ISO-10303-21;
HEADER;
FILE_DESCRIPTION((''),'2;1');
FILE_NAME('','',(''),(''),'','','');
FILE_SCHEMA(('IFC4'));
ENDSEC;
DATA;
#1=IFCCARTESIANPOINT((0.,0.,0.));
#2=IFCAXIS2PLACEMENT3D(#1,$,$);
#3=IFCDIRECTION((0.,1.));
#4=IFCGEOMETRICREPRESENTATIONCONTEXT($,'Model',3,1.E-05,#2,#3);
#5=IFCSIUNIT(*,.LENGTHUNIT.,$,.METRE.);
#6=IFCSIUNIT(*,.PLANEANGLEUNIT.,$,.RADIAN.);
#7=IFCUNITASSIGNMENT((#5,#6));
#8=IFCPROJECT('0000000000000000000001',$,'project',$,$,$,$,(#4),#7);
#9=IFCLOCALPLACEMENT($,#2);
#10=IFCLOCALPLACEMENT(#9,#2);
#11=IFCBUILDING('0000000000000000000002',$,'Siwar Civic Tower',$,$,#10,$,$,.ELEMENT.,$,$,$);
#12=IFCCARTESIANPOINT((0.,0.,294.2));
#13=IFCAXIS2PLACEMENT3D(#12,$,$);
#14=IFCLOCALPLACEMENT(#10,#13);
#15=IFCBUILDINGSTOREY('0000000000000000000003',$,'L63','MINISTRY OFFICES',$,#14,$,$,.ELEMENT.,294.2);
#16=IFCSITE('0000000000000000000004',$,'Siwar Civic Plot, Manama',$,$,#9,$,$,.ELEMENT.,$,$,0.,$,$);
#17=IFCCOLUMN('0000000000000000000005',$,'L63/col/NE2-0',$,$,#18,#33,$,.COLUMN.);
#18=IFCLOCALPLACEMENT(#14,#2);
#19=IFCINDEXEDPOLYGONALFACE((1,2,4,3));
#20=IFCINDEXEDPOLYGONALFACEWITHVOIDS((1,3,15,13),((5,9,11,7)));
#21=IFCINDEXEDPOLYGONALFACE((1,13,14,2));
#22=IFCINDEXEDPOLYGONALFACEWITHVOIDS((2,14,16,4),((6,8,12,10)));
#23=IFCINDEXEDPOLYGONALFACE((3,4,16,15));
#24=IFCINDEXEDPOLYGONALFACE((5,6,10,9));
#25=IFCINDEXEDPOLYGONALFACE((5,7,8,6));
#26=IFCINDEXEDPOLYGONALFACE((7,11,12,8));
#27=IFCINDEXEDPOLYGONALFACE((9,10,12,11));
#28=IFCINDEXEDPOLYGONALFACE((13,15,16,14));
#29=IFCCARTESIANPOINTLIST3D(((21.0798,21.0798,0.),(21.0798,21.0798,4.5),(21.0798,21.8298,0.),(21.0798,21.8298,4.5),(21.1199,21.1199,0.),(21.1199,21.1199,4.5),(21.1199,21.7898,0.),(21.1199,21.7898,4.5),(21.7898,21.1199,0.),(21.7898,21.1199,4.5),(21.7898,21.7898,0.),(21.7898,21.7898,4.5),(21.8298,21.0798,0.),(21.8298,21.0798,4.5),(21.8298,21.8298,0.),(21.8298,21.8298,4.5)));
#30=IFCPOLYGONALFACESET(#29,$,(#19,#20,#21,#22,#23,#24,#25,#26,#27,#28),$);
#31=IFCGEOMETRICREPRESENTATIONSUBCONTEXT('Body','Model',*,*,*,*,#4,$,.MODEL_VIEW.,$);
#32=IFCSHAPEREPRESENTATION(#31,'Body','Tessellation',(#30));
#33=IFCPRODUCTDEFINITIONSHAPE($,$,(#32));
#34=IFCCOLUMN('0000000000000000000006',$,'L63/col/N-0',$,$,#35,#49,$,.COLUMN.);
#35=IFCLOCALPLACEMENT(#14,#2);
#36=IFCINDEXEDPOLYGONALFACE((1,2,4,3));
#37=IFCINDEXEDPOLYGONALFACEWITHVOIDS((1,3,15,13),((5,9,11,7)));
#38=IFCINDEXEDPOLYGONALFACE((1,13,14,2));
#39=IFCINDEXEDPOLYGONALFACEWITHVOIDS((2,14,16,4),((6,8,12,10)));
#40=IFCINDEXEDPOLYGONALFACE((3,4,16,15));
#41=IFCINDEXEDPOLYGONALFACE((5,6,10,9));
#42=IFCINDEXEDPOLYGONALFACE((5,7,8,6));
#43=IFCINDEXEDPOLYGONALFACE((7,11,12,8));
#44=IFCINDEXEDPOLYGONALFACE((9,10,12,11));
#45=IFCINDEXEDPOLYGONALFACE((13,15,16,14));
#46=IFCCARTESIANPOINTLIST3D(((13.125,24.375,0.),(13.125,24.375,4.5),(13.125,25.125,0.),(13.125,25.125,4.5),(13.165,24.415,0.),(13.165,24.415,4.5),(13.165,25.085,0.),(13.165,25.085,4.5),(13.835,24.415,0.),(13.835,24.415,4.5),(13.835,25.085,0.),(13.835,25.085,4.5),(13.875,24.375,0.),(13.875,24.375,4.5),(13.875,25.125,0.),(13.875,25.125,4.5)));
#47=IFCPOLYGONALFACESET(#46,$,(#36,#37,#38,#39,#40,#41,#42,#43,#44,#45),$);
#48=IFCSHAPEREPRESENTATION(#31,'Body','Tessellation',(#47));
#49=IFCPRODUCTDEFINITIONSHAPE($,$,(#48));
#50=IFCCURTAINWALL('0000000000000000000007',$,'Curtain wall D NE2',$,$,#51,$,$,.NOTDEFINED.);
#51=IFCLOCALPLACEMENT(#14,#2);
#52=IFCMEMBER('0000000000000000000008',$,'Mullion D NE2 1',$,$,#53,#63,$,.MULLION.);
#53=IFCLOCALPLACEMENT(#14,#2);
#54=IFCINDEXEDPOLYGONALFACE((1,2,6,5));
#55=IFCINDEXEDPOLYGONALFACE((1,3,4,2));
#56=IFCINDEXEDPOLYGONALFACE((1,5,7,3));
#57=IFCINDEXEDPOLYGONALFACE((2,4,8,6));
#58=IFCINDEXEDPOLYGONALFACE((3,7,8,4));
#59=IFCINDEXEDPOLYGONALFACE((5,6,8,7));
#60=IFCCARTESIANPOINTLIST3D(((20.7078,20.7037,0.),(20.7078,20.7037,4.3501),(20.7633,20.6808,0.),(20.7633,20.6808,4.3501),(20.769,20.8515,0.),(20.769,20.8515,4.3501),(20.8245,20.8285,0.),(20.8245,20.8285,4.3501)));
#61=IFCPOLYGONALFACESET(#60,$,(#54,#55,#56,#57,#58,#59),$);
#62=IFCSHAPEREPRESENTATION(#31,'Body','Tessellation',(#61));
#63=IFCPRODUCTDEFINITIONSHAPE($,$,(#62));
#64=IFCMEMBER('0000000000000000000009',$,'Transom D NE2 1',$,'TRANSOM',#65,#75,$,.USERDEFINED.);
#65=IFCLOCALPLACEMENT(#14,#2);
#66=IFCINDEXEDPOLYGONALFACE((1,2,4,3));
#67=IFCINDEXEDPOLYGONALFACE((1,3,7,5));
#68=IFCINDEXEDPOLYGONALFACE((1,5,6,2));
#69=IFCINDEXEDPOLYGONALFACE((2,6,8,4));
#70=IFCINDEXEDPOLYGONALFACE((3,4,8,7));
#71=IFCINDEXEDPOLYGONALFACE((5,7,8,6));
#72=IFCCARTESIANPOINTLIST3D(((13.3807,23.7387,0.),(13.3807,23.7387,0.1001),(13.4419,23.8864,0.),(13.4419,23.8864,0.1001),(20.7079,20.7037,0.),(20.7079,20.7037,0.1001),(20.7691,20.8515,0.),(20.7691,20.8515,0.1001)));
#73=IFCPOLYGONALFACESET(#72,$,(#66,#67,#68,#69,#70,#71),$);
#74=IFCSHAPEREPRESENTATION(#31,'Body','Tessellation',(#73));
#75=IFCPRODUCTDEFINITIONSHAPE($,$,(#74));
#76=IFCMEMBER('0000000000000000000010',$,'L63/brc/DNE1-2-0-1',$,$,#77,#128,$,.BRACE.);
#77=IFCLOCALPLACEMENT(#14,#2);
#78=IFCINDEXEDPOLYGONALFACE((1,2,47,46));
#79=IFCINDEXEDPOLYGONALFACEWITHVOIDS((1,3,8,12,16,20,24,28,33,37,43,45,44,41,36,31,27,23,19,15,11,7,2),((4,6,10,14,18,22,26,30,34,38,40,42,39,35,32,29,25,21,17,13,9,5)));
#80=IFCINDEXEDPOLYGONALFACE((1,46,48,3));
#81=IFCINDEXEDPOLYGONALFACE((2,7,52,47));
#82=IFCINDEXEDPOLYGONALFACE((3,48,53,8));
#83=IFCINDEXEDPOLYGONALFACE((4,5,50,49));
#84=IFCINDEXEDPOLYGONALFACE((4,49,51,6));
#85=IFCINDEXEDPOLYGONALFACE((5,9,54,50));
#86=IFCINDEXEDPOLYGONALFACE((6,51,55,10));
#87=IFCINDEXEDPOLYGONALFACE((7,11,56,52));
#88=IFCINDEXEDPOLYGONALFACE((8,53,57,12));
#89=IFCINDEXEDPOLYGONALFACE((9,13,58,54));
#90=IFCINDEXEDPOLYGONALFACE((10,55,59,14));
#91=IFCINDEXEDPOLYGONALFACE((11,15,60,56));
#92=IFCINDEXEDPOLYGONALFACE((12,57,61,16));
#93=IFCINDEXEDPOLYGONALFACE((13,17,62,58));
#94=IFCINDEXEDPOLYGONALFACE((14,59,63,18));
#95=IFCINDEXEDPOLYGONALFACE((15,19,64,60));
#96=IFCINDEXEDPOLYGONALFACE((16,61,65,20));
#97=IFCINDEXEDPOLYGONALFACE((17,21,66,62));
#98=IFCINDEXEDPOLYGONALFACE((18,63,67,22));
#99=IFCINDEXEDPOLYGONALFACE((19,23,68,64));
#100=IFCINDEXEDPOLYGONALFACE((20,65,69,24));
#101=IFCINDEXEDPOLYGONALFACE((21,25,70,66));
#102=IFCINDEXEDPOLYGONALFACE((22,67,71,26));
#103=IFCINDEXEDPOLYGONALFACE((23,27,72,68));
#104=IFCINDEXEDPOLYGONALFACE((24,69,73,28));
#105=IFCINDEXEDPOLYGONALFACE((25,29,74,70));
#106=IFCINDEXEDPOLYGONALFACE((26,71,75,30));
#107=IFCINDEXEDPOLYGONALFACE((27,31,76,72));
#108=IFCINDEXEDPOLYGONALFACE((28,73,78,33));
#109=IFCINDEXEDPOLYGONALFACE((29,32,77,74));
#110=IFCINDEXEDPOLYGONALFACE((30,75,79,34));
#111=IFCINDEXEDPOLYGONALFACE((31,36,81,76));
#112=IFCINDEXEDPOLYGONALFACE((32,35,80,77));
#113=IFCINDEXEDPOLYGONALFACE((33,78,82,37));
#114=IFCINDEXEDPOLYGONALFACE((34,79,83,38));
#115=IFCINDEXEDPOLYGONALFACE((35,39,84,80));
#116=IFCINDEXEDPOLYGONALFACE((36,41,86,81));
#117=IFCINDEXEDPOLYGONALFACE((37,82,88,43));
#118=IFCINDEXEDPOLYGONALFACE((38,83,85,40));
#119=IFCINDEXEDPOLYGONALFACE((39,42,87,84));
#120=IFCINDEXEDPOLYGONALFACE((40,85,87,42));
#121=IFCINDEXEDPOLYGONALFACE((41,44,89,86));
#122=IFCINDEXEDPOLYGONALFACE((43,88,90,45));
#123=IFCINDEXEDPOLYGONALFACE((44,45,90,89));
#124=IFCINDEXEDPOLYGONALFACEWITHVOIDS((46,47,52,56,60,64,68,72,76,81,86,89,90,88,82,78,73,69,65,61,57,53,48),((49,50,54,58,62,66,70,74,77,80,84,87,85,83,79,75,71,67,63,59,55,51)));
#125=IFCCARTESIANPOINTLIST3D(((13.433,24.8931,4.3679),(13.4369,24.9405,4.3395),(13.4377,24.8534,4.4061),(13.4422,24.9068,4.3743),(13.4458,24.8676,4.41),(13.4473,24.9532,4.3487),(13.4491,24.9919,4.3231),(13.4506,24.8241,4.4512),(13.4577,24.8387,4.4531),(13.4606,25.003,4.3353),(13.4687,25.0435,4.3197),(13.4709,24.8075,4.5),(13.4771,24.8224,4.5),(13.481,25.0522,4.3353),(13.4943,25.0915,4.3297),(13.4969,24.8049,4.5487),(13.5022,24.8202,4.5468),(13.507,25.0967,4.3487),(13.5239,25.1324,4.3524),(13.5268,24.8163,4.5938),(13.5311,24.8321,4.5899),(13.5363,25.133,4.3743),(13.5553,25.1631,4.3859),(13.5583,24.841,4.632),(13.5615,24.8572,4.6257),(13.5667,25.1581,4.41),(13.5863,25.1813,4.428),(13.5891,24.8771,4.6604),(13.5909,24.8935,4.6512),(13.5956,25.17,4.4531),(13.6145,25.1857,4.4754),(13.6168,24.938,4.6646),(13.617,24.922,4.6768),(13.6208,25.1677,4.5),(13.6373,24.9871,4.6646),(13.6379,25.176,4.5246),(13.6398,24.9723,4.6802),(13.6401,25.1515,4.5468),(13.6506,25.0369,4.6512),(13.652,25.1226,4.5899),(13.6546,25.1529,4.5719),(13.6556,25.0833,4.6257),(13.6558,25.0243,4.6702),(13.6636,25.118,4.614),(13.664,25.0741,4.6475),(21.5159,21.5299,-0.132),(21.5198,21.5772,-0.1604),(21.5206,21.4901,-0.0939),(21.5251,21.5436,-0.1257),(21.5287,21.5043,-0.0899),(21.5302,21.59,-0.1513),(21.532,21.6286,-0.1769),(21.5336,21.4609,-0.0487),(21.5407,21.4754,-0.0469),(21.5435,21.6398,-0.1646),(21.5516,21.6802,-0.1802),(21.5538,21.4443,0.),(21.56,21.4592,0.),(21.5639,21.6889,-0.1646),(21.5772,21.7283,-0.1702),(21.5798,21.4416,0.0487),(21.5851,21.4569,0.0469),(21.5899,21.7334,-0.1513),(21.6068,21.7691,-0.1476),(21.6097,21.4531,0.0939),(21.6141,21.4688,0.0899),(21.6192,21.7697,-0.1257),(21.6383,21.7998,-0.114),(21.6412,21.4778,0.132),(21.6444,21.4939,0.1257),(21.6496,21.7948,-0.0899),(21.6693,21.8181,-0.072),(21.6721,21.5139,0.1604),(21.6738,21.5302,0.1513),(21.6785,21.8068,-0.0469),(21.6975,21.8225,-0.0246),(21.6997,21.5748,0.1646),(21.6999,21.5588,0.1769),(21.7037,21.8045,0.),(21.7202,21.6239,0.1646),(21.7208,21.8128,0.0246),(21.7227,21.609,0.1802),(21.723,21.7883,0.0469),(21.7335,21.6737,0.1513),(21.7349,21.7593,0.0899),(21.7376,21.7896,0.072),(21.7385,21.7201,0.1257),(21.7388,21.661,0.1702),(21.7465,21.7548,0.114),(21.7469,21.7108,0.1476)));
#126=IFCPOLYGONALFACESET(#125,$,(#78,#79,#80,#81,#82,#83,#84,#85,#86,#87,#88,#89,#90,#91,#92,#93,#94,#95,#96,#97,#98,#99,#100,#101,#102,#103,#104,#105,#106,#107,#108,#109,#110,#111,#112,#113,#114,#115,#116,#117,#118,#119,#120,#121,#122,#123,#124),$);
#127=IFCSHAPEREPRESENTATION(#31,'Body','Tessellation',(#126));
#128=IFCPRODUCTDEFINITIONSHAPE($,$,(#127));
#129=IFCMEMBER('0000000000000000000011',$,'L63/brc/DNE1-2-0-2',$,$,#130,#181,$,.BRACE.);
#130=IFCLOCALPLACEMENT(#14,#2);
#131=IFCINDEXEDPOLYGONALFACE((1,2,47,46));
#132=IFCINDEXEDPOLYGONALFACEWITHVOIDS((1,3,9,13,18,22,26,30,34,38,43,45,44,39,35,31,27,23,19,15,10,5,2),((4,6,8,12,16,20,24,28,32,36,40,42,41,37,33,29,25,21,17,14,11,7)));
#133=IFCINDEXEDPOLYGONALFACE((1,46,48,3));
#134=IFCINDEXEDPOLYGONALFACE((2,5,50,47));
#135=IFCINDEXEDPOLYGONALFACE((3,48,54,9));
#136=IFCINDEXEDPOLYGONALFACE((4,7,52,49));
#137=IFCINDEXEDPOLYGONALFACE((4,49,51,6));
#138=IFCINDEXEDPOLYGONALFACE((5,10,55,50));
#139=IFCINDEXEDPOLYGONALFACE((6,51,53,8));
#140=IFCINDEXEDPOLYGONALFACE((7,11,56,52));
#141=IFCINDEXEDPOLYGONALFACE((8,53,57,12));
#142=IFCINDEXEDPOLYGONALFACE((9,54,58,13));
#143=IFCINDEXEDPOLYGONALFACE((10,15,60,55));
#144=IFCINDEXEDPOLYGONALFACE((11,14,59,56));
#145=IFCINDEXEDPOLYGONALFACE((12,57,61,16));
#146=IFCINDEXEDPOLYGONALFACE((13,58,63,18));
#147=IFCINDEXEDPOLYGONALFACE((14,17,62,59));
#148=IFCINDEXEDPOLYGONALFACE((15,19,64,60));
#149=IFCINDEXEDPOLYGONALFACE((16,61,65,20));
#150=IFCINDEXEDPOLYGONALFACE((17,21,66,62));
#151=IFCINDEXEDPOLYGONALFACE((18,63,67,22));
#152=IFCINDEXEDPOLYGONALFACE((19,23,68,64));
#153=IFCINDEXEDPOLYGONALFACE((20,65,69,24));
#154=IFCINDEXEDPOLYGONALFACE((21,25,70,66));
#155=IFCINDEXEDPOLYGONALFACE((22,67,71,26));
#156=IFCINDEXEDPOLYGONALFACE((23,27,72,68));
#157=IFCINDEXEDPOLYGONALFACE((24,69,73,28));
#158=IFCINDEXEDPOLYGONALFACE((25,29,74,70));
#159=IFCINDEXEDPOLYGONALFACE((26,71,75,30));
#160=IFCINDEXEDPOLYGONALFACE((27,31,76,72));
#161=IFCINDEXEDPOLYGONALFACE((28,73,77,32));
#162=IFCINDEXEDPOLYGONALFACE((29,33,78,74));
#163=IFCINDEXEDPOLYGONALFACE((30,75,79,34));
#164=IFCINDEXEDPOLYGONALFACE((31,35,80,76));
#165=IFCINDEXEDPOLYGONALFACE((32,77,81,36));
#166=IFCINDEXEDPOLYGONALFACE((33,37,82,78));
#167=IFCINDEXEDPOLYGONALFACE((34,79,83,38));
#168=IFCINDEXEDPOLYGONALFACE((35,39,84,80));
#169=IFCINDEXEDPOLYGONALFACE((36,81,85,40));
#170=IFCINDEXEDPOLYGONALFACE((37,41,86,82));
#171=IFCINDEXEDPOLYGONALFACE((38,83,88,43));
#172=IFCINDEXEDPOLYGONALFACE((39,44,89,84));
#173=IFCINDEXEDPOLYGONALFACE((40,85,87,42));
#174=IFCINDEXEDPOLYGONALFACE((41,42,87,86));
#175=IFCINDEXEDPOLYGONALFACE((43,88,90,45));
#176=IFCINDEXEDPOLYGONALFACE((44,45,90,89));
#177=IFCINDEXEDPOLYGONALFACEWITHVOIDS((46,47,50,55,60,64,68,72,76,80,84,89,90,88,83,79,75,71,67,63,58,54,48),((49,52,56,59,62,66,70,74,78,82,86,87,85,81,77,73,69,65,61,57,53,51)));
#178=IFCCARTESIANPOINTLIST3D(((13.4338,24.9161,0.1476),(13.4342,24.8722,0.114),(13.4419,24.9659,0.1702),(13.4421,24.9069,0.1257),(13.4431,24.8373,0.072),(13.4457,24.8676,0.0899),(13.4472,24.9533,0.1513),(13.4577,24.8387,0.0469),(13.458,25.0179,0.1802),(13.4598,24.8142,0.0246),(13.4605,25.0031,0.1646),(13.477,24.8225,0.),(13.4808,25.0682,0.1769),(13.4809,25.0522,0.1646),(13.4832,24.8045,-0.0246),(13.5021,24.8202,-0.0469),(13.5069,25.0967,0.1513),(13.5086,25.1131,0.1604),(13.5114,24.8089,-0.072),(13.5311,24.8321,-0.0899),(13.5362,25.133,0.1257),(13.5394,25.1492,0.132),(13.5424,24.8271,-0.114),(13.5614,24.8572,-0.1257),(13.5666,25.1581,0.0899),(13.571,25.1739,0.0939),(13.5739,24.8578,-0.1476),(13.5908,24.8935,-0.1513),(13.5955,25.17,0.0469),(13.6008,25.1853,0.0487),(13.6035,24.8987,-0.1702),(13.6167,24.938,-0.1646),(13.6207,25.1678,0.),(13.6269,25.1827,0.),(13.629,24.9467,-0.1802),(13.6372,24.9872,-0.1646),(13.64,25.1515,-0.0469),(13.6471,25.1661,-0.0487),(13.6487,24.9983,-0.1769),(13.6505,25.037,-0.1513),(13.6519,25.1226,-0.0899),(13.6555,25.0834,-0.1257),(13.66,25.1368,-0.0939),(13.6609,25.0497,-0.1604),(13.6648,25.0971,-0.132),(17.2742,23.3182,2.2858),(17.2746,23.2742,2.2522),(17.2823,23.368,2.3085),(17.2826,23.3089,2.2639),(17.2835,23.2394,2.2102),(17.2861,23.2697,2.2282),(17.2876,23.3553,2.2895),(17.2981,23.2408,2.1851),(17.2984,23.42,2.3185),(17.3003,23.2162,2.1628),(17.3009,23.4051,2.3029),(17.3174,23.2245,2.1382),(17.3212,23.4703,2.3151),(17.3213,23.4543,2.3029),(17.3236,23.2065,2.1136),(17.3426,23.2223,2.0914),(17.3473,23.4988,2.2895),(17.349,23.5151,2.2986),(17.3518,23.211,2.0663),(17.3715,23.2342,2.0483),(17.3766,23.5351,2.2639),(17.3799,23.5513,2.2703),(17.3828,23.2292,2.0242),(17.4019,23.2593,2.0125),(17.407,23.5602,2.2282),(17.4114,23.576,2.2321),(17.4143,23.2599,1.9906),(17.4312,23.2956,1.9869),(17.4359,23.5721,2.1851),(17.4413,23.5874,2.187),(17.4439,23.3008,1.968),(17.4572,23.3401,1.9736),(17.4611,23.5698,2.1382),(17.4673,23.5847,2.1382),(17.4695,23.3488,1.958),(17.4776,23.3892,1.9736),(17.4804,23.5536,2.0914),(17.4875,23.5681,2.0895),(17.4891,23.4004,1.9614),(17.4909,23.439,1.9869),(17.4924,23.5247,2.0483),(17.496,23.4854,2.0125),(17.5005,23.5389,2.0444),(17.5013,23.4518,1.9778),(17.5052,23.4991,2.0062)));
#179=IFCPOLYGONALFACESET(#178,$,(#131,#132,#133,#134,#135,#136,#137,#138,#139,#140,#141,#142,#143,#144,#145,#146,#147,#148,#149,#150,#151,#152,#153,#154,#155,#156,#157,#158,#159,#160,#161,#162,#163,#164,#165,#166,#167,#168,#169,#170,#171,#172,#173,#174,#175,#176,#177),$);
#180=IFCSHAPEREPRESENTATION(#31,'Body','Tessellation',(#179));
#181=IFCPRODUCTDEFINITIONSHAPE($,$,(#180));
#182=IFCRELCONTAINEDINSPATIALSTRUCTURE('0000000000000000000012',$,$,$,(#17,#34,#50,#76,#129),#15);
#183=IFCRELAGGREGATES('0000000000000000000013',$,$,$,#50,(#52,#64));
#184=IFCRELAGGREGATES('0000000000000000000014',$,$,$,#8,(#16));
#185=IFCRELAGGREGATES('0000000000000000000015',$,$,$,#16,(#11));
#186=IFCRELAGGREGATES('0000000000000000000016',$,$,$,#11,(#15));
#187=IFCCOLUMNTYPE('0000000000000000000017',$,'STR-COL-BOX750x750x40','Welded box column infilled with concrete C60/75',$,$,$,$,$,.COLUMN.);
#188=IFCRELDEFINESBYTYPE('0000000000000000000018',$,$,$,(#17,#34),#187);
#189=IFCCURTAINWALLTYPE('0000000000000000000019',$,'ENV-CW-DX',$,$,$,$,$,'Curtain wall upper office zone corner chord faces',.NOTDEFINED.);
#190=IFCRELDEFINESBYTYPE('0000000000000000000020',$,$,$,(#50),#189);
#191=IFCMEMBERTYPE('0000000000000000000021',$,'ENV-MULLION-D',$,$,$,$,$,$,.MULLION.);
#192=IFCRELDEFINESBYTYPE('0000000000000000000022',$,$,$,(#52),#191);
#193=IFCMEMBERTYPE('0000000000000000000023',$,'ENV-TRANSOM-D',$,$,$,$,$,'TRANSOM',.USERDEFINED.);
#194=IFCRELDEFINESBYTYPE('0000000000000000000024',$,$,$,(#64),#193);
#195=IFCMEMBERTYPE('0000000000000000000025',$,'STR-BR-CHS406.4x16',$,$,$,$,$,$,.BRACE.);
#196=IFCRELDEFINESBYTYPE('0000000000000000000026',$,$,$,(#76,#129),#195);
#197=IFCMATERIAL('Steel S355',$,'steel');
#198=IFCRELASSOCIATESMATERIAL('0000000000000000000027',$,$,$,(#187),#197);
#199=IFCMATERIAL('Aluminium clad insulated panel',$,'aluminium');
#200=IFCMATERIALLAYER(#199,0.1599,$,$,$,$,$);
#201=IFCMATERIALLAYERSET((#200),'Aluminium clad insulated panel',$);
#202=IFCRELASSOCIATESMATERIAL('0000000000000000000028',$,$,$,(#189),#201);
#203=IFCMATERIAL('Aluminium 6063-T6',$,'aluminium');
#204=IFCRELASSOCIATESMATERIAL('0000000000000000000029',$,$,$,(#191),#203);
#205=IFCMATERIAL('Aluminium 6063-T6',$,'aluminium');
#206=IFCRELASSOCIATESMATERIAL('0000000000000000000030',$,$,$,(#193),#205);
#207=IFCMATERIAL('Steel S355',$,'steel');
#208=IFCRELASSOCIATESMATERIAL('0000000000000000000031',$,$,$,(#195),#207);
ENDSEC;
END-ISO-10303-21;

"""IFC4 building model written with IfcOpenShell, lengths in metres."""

from ifc_helpers import new_model, si_unit, direction, frame, origin, origin_2d, place, context, subcontext, project, spatial, rectangle, hollow_rectangle, hollow_circle, extrude, material, layer, layer_set, material_profile, profile_set, type_object, element, aggregate, save


model = new_model("IFC4")

# Units and contexts
model_context = context("Model", 3, precision=1e-05, world=origin(), true_north=direction((0.0, 1.0)))
body_context = subcontext(model_context, "Body", "Model", "MODEL_VIEW")
ifc_project = project(units=[si_unit("LENGTHUNIT", "METRE"), si_unit("PLANEANGLEUNIT", "RADIAN")], contexts=[model_context])

# Site, building, storey
site_placement = place(None, origin())
site = spatial("IfcSite", under=ifc_project, at=site_placement, Name="Siwar Civic Plot, Manama", CompositionType="ELEMENT", RefElevation=0.0)
building_placement = place(site_placement, origin())
building = spatial("IfcBuilding", under=site, at=building_placement, Name="Siwar Civic Tower", CompositionType="ELEMENT")
storey_placement = place(building_placement, frame((0.0, 0.0, 294.2)))
storey = spatial("IfcBuildingStorey", under=building, at=storey_placement, Name="L63", Description="MINISTRY OFFICES", CompositionType="ELEMENT", Elevation=294.2)

# Columns
ifc_material_1 = material(Name="Steel S355", Category="steel")
ifc_material_profile_1 = material_profile(ifc_material_1, hollow_rectangle(XDim=0.75, YDim=0.75, WallThickness=0.04, at=origin_2d()), Name="BOX750x750x40")
ifc_profile_set_1 = profile_set([ifc_material_profile_1], Name="Steel S355")
column_type = type_object("IfcColumnType", Name="STR-COL-BOX750x750x40", Description="Welded box column infilled with concrete C60/75", PredefinedType="COLUMN", material=ifc_profile_set_1)
for number, where, z_axis, x_axis, name in (
    (1, (21.4548, 21.4548, 0.0), (0.0, 0.0, 1.0), (1.0, 0.0, 0.0), "L63/col/NE2-0"),
    (2, (13.5, 24.75, 0.0), (0.0, 0.0, 1.0), (1.0, 0.0, 0.0), "L63/col/N-0"),
):
    element("IfcColumn", number, at=place(storey_placement, frame(where, z_axis=z_axis, x_axis=x_axis)), inside=storey, type_object=column_type, Name=name, PredefinedType="COLUMN", context=body_context, shape_type="SweptSolid", body=[
        extrude(hollow_rectangle(XDim=0.75, YDim=0.75, WallThickness=0.04, at=origin_2d()), origin(), (0.0, 0.0, 1.0), 4.5),
    ])

# Curtain wall, members
ifc_material_2 = material(Name="Aluminium clad insulated panel", Category="aluminium")
ifc_layer_1 = layer(ifc_material_2, 0.1599)
ifc_layer_set_1 = layer_set([ifc_layer_1], Name="Aluminium clad insulated panel")
curtain_wall_type = type_object("IfcCurtainWallType", Name="ENV-CW-DX", ElementType="Curtain wall upper office zone corner chord faces", PredefinedType="NOTDEFINED", material=ifc_layer_set_1)
curtain_wall_1_placement = place(storey_placement, origin())
curtain_wall_1 = element("IfcCurtainWall", 3, at=curtain_wall_1_placement, inside=storey, type_object=curtain_wall_type, Name="Curtain wall D NE2", PredefinedType="NOTDEFINED")
ifc_material_3 = material(Name="Aluminium 6063-T6", Category="aluminium")
ifc_material_profile_2 = material_profile(ifc_material_3, rectangle(XDim=0.1599, YDim=0.0601, at=origin_2d()), Name="AL 160x60")
ifc_profile_set_2 = profile_set([ifc_material_profile_2], Name="Aluminium 6063-T6")
member_type_1 = type_object("IfcMemberType", Name="ENV-MULLION-D", PredefinedType="MULLION", material=ifc_profile_set_2)
member_1_placement = place(storey_placement, frame((20.7661, 20.7661, 0.0), z_axis=(0.0, 0.0, 1.0), x_axis=(-0.382683, -0.92388, 0.0)))
member_1 = element("IfcMember", 4, at=member_1_placement, type_object=member_type_1, Name="Mullion D NE2 1", PredefinedType="MULLION", context=body_context, shape_type="SweptSolid", body=[
    extrude(rectangle(XDim=0.1599, YDim=0.0601, at=origin_2d()), origin(), (0.0, 0.0, 1.0), 4.3501),
])
ifc_material_4 = material(Name="Aluminium 6063-T6", Category="aluminium")
ifc_material_profile_3 = material_profile(ifc_material_4, rectangle(XDim=0.1599, YDim=0.1001, at=origin_2d()), Name="AL 160x100")
ifc_profile_set_3 = profile_set([ifc_material_profile_3], Name="Aluminium 6063-T6")
member_type_2 = type_object("IfcMemberType", Name="ENV-TRANSOM-D", ElementType="TRANSOM", PredefinedType="USERDEFINED", material=ifc_profile_set_3)
member_2_placement = place(storey_placement, frame((20.7385, 20.7776, 0.05), z_axis=(-0.923884, 0.382674, 0.0), x_axis=(-0.382674, -0.923884, 0.0)))
member_2 = element("IfcMember", 5, at=member_2_placement, type_object=member_type_2, Name="Transom D NE2 1", ObjectType="TRANSOM", PredefinedType="USERDEFINED", context=body_context, shape_type="SweptSolid", body=[
    extrude(rectangle(XDim=0.1599, YDim=0.1001, at=origin_2d()), origin(), (0.0, 0.0, 1.0), 7.9309),
])

# Members
ifc_material_5 = material(Name="Steel S355", Category="steel")
ifc_material_profile_4 = material_profile(ifc_material_5, hollow_circle(Radius=0.2031, WallThickness=0.0161, at=origin_2d()), Name="CHS406.4x16")
ifc_profile_set_4 = profile_set([ifc_material_profile_4], Name="Steel S355")
member_type_3 = type_object("IfcMemberType", Name="STR-BR-CHS406.4x16", PredefinedType="BRACE", material=ifc_profile_set_4)
member_3_placement = place(storey_placement, frame((21.6318, 21.6318, 0.0), z_axis=(-0.821143, 0.341671, 0.457149), x_axis=(-0.384164, -0.923265, 0.0)))
element("IfcMember", 6, at=member_3_placement, inside=storey, type_object=member_type_3, Name="L63/brc/DNE1-2-0-1", PredefinedType="BRACE", context=body_context, shape_type="SweptSolid", body=[
    extrude(hollow_circle(Radius=0.2031, WallThickness=0.0161, at=origin_2d()), origin(), (0.0, 0.0, 1.0), 9.8435),
])
for number, where, z_axis, x_axis, name in (
    (7, (13.5488, 24.9951, 0.0), (0.82113, -0.341659, 0.457181), (0.384157, 0.923268, 0.0), "L63/brc/DNE1-2-0-2"),
):
    element("IfcMember", number, at=place(storey_placement, frame(where, z_axis=z_axis, x_axis=x_axis)), inside=storey, type_object=member_type_3, Name=name, PredefinedType="BRACE", context=body_context, shape_type="SweptSolid", body=[
        extrude(hollow_circle(Radius=0.2031, WallThickness=0.0161, at=origin_2d()), origin(), (0.0, 0.0, 1.0), 4.677),
    ])

aggregate(curtain_wall_1, [member_1, member_2])

save(model, "model.ifc")
